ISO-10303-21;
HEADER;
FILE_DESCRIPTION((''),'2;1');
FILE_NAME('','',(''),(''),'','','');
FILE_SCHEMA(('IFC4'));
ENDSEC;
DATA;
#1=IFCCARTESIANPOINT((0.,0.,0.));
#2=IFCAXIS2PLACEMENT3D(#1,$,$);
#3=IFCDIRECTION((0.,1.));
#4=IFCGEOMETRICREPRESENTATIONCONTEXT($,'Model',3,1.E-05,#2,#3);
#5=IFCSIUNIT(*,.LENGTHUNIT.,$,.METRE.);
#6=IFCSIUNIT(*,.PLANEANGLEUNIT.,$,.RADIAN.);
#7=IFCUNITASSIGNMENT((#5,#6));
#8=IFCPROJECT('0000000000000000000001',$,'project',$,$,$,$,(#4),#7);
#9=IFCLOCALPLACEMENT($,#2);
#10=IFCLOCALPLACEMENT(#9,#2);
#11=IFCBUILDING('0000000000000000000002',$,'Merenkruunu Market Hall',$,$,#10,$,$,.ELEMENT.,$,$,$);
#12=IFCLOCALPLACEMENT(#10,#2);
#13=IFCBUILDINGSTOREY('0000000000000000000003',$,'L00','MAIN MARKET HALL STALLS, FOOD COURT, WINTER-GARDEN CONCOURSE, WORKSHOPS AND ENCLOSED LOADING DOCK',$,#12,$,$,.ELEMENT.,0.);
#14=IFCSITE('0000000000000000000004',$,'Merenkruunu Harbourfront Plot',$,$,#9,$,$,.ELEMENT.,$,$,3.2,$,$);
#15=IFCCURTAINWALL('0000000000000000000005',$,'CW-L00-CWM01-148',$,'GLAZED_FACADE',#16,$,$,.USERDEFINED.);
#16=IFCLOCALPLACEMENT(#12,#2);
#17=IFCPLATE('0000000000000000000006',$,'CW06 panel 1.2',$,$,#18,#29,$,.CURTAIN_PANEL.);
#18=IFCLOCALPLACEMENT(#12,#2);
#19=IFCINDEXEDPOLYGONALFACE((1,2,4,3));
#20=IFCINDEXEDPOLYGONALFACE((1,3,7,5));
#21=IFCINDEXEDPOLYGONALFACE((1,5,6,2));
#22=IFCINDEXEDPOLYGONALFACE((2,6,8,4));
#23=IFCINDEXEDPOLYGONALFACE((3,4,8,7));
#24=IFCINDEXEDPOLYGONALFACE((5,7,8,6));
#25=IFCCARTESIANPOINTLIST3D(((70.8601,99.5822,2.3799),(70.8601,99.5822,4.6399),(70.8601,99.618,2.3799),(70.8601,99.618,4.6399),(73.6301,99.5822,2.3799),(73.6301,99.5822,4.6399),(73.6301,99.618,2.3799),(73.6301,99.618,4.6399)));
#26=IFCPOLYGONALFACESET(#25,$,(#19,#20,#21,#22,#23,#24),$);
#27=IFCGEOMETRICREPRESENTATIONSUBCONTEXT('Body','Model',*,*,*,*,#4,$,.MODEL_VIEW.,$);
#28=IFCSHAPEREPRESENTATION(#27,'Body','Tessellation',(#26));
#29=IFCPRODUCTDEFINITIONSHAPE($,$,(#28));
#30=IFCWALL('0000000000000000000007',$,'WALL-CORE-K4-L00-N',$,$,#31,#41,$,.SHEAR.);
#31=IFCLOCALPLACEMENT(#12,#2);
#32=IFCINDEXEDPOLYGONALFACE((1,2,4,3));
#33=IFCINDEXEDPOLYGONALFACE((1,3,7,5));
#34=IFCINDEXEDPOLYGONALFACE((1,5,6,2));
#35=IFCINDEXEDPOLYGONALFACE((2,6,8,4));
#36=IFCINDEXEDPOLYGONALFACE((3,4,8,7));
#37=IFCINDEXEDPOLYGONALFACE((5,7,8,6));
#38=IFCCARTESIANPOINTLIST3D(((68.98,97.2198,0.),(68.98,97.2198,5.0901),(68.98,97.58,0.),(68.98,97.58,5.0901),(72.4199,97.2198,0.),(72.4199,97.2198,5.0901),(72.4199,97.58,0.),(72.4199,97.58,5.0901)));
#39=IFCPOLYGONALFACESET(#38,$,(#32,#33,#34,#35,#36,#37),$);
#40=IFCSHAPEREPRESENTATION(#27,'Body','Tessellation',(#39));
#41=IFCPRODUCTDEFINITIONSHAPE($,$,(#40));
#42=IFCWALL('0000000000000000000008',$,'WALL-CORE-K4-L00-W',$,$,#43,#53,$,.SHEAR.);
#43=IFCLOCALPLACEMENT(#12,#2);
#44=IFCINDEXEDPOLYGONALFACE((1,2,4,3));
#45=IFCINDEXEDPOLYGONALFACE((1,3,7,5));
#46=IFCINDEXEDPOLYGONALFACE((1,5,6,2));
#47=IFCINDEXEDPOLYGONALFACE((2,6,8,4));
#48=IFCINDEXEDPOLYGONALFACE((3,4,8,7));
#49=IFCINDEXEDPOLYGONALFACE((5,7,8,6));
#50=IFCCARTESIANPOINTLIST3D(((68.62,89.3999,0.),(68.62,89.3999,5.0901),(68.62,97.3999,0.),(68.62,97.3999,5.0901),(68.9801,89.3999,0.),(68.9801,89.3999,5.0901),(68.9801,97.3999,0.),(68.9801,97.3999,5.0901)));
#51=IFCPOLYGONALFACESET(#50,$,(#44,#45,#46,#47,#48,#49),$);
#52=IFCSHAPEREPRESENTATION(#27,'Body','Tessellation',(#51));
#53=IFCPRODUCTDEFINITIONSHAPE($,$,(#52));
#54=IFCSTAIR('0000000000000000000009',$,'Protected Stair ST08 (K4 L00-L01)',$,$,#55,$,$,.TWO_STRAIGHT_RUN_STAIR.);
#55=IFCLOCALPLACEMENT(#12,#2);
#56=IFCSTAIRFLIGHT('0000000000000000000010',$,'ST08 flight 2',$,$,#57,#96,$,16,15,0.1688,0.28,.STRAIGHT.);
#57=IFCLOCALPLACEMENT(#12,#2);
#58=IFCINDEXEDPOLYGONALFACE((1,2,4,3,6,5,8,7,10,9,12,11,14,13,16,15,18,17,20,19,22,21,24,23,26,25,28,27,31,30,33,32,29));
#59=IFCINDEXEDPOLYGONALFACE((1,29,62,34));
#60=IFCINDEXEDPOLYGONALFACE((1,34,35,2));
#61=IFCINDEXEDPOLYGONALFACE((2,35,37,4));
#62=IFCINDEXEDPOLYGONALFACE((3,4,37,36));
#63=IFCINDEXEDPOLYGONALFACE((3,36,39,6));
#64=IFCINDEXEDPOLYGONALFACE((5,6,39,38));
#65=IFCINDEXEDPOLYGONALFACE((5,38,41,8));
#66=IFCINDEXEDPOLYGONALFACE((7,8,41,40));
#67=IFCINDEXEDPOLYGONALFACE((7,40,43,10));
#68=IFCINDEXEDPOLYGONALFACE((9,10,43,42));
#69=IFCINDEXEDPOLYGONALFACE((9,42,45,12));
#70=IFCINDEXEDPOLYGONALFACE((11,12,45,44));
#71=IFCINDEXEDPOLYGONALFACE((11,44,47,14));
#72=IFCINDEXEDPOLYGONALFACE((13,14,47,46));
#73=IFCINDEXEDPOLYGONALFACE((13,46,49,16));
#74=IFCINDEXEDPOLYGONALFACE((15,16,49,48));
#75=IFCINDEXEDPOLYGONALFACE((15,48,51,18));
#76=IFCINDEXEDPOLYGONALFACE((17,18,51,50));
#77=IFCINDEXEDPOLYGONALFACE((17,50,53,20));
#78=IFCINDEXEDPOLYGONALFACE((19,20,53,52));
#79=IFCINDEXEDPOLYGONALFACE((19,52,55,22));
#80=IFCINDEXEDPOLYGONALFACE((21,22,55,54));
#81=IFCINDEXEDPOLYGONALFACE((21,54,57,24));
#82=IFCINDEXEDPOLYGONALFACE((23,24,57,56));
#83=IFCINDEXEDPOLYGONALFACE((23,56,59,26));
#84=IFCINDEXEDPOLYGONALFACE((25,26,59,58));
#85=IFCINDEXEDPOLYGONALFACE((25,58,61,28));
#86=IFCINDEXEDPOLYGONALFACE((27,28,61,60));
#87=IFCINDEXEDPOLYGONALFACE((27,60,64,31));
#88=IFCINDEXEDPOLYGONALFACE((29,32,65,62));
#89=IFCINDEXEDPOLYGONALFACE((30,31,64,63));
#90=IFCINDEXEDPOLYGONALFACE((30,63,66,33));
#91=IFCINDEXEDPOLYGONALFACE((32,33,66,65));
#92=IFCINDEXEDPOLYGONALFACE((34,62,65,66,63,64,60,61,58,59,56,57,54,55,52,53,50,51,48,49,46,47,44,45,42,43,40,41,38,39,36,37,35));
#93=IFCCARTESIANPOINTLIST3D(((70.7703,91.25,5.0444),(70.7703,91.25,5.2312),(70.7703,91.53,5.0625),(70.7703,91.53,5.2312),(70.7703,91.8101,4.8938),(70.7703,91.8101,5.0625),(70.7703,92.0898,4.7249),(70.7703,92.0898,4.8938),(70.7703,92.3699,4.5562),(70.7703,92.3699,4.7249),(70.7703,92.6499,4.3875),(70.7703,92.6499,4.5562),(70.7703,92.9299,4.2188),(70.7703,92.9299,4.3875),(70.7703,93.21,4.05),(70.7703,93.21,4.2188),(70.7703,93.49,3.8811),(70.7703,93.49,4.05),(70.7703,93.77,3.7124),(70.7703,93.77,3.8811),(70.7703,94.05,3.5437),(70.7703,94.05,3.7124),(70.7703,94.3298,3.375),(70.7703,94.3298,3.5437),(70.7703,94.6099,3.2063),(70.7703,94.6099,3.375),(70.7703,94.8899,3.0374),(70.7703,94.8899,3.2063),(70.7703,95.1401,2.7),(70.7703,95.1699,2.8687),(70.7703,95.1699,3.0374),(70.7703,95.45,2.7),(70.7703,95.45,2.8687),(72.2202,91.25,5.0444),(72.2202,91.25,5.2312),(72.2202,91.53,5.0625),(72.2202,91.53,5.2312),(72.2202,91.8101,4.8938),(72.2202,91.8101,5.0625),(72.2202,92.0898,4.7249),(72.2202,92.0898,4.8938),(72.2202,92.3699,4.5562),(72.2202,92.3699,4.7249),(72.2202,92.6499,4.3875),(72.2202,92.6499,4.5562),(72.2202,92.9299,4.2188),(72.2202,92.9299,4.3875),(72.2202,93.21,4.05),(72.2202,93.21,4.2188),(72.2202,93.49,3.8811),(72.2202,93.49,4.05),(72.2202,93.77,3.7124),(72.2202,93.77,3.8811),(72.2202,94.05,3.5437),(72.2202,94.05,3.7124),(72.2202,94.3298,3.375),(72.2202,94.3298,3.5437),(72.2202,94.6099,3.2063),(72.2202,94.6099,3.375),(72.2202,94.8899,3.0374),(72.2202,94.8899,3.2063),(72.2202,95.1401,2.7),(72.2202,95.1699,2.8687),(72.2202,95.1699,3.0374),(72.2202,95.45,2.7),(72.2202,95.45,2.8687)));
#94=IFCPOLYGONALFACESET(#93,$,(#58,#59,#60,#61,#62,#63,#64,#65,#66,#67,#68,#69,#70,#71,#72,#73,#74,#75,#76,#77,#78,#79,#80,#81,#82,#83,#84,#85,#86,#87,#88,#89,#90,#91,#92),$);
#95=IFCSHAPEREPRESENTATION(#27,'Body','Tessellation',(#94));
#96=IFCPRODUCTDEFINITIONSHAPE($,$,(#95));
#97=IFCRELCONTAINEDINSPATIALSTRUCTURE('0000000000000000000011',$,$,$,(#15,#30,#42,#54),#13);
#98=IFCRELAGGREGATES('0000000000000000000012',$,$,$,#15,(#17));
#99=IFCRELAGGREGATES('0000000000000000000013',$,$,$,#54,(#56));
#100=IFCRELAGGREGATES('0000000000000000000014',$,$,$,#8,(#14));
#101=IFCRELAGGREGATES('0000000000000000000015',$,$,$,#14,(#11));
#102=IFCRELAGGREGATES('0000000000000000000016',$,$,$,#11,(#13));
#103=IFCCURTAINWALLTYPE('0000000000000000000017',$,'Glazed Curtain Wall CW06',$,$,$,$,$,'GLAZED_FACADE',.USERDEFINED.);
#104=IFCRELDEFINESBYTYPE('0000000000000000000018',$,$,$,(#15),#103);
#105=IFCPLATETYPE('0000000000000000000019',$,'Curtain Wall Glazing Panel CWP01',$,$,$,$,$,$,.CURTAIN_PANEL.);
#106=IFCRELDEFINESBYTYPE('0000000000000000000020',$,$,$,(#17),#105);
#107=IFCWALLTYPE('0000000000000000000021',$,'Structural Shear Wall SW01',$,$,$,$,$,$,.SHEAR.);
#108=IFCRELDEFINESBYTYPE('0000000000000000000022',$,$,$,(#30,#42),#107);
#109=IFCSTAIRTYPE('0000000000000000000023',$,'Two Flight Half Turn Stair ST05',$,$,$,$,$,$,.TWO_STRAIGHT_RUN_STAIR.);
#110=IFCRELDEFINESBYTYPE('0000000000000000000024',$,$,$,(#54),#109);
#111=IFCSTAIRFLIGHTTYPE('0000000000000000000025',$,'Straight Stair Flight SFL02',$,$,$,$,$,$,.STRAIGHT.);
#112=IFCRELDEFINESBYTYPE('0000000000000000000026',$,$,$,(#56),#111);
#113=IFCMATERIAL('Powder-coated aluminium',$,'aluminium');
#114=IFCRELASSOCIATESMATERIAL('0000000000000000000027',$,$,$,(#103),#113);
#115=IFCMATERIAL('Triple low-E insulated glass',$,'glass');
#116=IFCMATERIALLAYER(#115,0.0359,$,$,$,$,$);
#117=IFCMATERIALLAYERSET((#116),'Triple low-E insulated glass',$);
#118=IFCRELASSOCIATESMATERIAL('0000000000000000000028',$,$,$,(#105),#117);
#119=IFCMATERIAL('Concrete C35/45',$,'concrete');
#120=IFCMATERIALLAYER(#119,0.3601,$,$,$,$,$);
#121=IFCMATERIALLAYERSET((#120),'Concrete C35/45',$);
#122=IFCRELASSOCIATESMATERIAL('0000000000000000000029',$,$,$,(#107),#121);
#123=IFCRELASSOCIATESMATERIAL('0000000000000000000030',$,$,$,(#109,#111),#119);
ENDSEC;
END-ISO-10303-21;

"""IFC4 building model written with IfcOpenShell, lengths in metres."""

from ifc_helpers import new_model, si_unit, direction, frame, frame_2d, origin, origin_2d, place, context, subcontext, project, spatial, polyline, rectangle, outline, extrude, material, layer, layer_set, type_object, element, aggregate, save


model = new_model("IFC4")

# Units and contexts
model_context = context("Model", 3, precision=1e-05, world=origin(), true_north=direction((0.0, 1.0)))
body_context = subcontext(model_context, "Body", "Model", "MODEL_VIEW")
ifc_project = project(units=[si_unit("LENGTHUNIT", "METRE"), si_unit("PLANEANGLEUNIT", "RADIAN")], contexts=[model_context])

# Site, building, storey
site_placement = place(None, origin())
site = spatial("IfcSite", under=ifc_project, at=site_placement, Name="Merenkruunu Harbourfront Plot", CompositionType="ELEMENT", RefElevation=3.2)
building_placement = place(site_placement, origin())
building = spatial("IfcBuilding", under=site, at=building_placement, Name="Merenkruunu Market Hall", CompositionType="ELEMENT")
storey_placement = place(building_placement, origin())
storey = spatial("IfcBuildingStorey", under=building, at=storey_placement, Name="L00", Description="MAIN MARKET HALL STALLS, FOOD COURT, WINTER-GARDEN CONCOURSE, WORKSHOPS AND ENCLOSED LOADING DOCK", CompositionType="ELEMENT", Elevation=0.0)

# Curtain wall
ifc_material_1 = material(Name="Powder-coated aluminium", Category="aluminium")
curtain_wall_type = type_object("IfcCurtainWallType", Name="Glazed Curtain Wall CW06", ElementType="GLAZED_FACADE", PredefinedType="USERDEFINED", material=ifc_material_1)
curtain_wall_placement = place(storey_placement, origin())
curtain_wall = element("IfcCurtainWall", 1, at=curtain_wall_placement, inside=storey, type_object=curtain_wall_type, Name="CW-L00-CWM01-148", ObjectType="GLAZED_FACADE", PredefinedType="USERDEFINED")

# Plate
ifc_material_2 = material(Name="Triple low-E insulated glass", Category="glass")
ifc_layer_1 = layer(ifc_material_2, 0.0359)
ifc_layer_set_1 = layer_set([ifc_layer_1], Name="Triple low-E insulated glass")
plate_type = type_object("IfcPlateType", Name="Curtain Wall Glazing Panel CWP01", PredefinedType="CURTAIN_PANEL", material=ifc_layer_set_1)
plate_1_placement = place(storey_placement, frame((72.2451, 99.6001, 2.3799), z_axis=(0.0, 0.0, 1.0), x_axis=(1.0, 0.0, 0.0)))
plate_1 = element("IfcPlate", 2, at=plate_1_placement, type_object=plate_type, Name="CW06 panel 1.2", PredefinedType="CURTAIN_PANEL", context=body_context, shape_type="SweptSolid", body=[
    extrude(rectangle(XDim=2.77, YDim=0.0359, at=origin_2d()), origin(), (0.0, 0.0, 1.0), 2.26),
])
aggregate(curtain_wall, [plate_1])

# Walls
ifc_material_3 = material(Name="Concrete C35/45", Category="concrete")
ifc_layer_2 = layer(ifc_material_3, 0.3601)
ifc_layer_set_2 = layer_set([ifc_layer_2], Name="Concrete C35/45")
wall_type_1 = type_object("IfcWallType", Name="Structural Shear Wall SW01", PredefinedType="SHEAR", material=ifc_layer_set_2)
wall_1_placement = place(storey_placement, frame((72.4199, 97.3999, 0.0), z_axis=(0.0, 0.0, 1.0), x_axis=(-1.0, 0.0, 0.0)))
element("IfcWall", 3, at=wall_1_placement, inside=storey, type_object=wall_type_1, Name="WALL-CORE-K4-L00-N", PredefinedType="SHEAR", context=body_context, shape_type="SweptSolid", body=[
    extrude(rectangle(XDim=3.4399, YDim=0.3601, at=frame_2d((1.72, 0.0))), origin(), (0.0, 0.0, 1.0), 5.0901),
])
wall_2_placement = place(storey_placement, frame((68.8, 97.3999, 0.0), z_axis=(0.0, 0.0, 1.0), x_axis=(0.0, -1.0, 0.0)))
element("IfcWall", 4, at=wall_2_placement, inside=storey, type_object=wall_type_1, Name="WALL-CORE-K4-L00-W", PredefinedType="SHEAR", context=body_context, shape_type="SweptSolid", body=[
    extrude(rectangle(XDim=8.0, YDim=0.3601, at=frame_2d((4.0, 0.0))), origin(), (0.0, 0.0, 1.0), 5.0901),
])

# Stair, stair flight
stair_type = type_object("IfcStairType", Name="Two Flight Half Turn Stair ST05", PredefinedType="TWO_STRAIGHT_RUN_STAIR", material=ifc_material_3)
stair_placement = place(storey_placement, origin())
stair = element("IfcStair", 5, at=stair_placement, inside=storey, type_object=stair_type, Name="Protected Stair ST08 (K4 L00-L01)", PredefinedType="TWO_STRAIGHT_RUN_STAIR")
stair_flight_type = type_object("IfcStairFlightType", Name="Straight Stair Flight SFL02", PredefinedType="STRAIGHT", material=ifc_material_3)
stair_flight_placement = place(storey_placement, frame((71.4951, 95.45, 2.7), z_axis=(0.0, 0.0, 1.0), x_axis=(0.0, -1.0, 0.0)))
stair_flight = element("IfcStairFlight", 6, at=stair_flight_placement, type_object=stair_flight_type, Name="ST08 flight 2", NumberOfRisers=16, NumberOfTreads=15, PredefinedType="STRAIGHT", RiserHeight=0.1688, TreadLength=0.28, context=body_context, shape_type="SweptSolid", body=[
    extrude(outline(polyline([(0.0, 0.0), (0.0, 0.1687), (0.28, 0.1687), (0.28, 0.3374), (0.5601, 0.3374), (0.5601, 0.5063), (0.8401, 0.5063), (0.8401, 0.675), (1.1201, 0.675), (1.1201, 0.8438), (1.3999, 0.8438), (1.3999, 1.0125), (1.6799, 1.0125), (1.6799, 1.1812), (1.96, 1.1812), (1.96, 1.3501), (2.24, 1.3501), (2.24, 1.5188), (2.52, 1.5188), (2.52, 1.6875), (2.8, 1.6875), (2.8, 1.8562), (3.0801, 1.8562), (3.0801, 2.0249), (3.3601, 2.0249), (3.3601, 2.1938), (3.6399, 2.1938), (3.6399, 2.3625), (3.9199, 2.3625), (3.9199, 2.5312), (4.2, 2.5312), (4.2, 2.7), (4.2, 2.3445), (0.3098, 0.0), (0.0, 0.0)])), frame((0.0, 0.7251, 0.0), z_axis=(0.0, -1.0, 0.0), x_axis=(1.0, 0.0, 0.0)), (0.0, 0.0, 1.0), 1.45),
])
aggregate(stair, [stair_flight])

save(model, "model.ifc")
